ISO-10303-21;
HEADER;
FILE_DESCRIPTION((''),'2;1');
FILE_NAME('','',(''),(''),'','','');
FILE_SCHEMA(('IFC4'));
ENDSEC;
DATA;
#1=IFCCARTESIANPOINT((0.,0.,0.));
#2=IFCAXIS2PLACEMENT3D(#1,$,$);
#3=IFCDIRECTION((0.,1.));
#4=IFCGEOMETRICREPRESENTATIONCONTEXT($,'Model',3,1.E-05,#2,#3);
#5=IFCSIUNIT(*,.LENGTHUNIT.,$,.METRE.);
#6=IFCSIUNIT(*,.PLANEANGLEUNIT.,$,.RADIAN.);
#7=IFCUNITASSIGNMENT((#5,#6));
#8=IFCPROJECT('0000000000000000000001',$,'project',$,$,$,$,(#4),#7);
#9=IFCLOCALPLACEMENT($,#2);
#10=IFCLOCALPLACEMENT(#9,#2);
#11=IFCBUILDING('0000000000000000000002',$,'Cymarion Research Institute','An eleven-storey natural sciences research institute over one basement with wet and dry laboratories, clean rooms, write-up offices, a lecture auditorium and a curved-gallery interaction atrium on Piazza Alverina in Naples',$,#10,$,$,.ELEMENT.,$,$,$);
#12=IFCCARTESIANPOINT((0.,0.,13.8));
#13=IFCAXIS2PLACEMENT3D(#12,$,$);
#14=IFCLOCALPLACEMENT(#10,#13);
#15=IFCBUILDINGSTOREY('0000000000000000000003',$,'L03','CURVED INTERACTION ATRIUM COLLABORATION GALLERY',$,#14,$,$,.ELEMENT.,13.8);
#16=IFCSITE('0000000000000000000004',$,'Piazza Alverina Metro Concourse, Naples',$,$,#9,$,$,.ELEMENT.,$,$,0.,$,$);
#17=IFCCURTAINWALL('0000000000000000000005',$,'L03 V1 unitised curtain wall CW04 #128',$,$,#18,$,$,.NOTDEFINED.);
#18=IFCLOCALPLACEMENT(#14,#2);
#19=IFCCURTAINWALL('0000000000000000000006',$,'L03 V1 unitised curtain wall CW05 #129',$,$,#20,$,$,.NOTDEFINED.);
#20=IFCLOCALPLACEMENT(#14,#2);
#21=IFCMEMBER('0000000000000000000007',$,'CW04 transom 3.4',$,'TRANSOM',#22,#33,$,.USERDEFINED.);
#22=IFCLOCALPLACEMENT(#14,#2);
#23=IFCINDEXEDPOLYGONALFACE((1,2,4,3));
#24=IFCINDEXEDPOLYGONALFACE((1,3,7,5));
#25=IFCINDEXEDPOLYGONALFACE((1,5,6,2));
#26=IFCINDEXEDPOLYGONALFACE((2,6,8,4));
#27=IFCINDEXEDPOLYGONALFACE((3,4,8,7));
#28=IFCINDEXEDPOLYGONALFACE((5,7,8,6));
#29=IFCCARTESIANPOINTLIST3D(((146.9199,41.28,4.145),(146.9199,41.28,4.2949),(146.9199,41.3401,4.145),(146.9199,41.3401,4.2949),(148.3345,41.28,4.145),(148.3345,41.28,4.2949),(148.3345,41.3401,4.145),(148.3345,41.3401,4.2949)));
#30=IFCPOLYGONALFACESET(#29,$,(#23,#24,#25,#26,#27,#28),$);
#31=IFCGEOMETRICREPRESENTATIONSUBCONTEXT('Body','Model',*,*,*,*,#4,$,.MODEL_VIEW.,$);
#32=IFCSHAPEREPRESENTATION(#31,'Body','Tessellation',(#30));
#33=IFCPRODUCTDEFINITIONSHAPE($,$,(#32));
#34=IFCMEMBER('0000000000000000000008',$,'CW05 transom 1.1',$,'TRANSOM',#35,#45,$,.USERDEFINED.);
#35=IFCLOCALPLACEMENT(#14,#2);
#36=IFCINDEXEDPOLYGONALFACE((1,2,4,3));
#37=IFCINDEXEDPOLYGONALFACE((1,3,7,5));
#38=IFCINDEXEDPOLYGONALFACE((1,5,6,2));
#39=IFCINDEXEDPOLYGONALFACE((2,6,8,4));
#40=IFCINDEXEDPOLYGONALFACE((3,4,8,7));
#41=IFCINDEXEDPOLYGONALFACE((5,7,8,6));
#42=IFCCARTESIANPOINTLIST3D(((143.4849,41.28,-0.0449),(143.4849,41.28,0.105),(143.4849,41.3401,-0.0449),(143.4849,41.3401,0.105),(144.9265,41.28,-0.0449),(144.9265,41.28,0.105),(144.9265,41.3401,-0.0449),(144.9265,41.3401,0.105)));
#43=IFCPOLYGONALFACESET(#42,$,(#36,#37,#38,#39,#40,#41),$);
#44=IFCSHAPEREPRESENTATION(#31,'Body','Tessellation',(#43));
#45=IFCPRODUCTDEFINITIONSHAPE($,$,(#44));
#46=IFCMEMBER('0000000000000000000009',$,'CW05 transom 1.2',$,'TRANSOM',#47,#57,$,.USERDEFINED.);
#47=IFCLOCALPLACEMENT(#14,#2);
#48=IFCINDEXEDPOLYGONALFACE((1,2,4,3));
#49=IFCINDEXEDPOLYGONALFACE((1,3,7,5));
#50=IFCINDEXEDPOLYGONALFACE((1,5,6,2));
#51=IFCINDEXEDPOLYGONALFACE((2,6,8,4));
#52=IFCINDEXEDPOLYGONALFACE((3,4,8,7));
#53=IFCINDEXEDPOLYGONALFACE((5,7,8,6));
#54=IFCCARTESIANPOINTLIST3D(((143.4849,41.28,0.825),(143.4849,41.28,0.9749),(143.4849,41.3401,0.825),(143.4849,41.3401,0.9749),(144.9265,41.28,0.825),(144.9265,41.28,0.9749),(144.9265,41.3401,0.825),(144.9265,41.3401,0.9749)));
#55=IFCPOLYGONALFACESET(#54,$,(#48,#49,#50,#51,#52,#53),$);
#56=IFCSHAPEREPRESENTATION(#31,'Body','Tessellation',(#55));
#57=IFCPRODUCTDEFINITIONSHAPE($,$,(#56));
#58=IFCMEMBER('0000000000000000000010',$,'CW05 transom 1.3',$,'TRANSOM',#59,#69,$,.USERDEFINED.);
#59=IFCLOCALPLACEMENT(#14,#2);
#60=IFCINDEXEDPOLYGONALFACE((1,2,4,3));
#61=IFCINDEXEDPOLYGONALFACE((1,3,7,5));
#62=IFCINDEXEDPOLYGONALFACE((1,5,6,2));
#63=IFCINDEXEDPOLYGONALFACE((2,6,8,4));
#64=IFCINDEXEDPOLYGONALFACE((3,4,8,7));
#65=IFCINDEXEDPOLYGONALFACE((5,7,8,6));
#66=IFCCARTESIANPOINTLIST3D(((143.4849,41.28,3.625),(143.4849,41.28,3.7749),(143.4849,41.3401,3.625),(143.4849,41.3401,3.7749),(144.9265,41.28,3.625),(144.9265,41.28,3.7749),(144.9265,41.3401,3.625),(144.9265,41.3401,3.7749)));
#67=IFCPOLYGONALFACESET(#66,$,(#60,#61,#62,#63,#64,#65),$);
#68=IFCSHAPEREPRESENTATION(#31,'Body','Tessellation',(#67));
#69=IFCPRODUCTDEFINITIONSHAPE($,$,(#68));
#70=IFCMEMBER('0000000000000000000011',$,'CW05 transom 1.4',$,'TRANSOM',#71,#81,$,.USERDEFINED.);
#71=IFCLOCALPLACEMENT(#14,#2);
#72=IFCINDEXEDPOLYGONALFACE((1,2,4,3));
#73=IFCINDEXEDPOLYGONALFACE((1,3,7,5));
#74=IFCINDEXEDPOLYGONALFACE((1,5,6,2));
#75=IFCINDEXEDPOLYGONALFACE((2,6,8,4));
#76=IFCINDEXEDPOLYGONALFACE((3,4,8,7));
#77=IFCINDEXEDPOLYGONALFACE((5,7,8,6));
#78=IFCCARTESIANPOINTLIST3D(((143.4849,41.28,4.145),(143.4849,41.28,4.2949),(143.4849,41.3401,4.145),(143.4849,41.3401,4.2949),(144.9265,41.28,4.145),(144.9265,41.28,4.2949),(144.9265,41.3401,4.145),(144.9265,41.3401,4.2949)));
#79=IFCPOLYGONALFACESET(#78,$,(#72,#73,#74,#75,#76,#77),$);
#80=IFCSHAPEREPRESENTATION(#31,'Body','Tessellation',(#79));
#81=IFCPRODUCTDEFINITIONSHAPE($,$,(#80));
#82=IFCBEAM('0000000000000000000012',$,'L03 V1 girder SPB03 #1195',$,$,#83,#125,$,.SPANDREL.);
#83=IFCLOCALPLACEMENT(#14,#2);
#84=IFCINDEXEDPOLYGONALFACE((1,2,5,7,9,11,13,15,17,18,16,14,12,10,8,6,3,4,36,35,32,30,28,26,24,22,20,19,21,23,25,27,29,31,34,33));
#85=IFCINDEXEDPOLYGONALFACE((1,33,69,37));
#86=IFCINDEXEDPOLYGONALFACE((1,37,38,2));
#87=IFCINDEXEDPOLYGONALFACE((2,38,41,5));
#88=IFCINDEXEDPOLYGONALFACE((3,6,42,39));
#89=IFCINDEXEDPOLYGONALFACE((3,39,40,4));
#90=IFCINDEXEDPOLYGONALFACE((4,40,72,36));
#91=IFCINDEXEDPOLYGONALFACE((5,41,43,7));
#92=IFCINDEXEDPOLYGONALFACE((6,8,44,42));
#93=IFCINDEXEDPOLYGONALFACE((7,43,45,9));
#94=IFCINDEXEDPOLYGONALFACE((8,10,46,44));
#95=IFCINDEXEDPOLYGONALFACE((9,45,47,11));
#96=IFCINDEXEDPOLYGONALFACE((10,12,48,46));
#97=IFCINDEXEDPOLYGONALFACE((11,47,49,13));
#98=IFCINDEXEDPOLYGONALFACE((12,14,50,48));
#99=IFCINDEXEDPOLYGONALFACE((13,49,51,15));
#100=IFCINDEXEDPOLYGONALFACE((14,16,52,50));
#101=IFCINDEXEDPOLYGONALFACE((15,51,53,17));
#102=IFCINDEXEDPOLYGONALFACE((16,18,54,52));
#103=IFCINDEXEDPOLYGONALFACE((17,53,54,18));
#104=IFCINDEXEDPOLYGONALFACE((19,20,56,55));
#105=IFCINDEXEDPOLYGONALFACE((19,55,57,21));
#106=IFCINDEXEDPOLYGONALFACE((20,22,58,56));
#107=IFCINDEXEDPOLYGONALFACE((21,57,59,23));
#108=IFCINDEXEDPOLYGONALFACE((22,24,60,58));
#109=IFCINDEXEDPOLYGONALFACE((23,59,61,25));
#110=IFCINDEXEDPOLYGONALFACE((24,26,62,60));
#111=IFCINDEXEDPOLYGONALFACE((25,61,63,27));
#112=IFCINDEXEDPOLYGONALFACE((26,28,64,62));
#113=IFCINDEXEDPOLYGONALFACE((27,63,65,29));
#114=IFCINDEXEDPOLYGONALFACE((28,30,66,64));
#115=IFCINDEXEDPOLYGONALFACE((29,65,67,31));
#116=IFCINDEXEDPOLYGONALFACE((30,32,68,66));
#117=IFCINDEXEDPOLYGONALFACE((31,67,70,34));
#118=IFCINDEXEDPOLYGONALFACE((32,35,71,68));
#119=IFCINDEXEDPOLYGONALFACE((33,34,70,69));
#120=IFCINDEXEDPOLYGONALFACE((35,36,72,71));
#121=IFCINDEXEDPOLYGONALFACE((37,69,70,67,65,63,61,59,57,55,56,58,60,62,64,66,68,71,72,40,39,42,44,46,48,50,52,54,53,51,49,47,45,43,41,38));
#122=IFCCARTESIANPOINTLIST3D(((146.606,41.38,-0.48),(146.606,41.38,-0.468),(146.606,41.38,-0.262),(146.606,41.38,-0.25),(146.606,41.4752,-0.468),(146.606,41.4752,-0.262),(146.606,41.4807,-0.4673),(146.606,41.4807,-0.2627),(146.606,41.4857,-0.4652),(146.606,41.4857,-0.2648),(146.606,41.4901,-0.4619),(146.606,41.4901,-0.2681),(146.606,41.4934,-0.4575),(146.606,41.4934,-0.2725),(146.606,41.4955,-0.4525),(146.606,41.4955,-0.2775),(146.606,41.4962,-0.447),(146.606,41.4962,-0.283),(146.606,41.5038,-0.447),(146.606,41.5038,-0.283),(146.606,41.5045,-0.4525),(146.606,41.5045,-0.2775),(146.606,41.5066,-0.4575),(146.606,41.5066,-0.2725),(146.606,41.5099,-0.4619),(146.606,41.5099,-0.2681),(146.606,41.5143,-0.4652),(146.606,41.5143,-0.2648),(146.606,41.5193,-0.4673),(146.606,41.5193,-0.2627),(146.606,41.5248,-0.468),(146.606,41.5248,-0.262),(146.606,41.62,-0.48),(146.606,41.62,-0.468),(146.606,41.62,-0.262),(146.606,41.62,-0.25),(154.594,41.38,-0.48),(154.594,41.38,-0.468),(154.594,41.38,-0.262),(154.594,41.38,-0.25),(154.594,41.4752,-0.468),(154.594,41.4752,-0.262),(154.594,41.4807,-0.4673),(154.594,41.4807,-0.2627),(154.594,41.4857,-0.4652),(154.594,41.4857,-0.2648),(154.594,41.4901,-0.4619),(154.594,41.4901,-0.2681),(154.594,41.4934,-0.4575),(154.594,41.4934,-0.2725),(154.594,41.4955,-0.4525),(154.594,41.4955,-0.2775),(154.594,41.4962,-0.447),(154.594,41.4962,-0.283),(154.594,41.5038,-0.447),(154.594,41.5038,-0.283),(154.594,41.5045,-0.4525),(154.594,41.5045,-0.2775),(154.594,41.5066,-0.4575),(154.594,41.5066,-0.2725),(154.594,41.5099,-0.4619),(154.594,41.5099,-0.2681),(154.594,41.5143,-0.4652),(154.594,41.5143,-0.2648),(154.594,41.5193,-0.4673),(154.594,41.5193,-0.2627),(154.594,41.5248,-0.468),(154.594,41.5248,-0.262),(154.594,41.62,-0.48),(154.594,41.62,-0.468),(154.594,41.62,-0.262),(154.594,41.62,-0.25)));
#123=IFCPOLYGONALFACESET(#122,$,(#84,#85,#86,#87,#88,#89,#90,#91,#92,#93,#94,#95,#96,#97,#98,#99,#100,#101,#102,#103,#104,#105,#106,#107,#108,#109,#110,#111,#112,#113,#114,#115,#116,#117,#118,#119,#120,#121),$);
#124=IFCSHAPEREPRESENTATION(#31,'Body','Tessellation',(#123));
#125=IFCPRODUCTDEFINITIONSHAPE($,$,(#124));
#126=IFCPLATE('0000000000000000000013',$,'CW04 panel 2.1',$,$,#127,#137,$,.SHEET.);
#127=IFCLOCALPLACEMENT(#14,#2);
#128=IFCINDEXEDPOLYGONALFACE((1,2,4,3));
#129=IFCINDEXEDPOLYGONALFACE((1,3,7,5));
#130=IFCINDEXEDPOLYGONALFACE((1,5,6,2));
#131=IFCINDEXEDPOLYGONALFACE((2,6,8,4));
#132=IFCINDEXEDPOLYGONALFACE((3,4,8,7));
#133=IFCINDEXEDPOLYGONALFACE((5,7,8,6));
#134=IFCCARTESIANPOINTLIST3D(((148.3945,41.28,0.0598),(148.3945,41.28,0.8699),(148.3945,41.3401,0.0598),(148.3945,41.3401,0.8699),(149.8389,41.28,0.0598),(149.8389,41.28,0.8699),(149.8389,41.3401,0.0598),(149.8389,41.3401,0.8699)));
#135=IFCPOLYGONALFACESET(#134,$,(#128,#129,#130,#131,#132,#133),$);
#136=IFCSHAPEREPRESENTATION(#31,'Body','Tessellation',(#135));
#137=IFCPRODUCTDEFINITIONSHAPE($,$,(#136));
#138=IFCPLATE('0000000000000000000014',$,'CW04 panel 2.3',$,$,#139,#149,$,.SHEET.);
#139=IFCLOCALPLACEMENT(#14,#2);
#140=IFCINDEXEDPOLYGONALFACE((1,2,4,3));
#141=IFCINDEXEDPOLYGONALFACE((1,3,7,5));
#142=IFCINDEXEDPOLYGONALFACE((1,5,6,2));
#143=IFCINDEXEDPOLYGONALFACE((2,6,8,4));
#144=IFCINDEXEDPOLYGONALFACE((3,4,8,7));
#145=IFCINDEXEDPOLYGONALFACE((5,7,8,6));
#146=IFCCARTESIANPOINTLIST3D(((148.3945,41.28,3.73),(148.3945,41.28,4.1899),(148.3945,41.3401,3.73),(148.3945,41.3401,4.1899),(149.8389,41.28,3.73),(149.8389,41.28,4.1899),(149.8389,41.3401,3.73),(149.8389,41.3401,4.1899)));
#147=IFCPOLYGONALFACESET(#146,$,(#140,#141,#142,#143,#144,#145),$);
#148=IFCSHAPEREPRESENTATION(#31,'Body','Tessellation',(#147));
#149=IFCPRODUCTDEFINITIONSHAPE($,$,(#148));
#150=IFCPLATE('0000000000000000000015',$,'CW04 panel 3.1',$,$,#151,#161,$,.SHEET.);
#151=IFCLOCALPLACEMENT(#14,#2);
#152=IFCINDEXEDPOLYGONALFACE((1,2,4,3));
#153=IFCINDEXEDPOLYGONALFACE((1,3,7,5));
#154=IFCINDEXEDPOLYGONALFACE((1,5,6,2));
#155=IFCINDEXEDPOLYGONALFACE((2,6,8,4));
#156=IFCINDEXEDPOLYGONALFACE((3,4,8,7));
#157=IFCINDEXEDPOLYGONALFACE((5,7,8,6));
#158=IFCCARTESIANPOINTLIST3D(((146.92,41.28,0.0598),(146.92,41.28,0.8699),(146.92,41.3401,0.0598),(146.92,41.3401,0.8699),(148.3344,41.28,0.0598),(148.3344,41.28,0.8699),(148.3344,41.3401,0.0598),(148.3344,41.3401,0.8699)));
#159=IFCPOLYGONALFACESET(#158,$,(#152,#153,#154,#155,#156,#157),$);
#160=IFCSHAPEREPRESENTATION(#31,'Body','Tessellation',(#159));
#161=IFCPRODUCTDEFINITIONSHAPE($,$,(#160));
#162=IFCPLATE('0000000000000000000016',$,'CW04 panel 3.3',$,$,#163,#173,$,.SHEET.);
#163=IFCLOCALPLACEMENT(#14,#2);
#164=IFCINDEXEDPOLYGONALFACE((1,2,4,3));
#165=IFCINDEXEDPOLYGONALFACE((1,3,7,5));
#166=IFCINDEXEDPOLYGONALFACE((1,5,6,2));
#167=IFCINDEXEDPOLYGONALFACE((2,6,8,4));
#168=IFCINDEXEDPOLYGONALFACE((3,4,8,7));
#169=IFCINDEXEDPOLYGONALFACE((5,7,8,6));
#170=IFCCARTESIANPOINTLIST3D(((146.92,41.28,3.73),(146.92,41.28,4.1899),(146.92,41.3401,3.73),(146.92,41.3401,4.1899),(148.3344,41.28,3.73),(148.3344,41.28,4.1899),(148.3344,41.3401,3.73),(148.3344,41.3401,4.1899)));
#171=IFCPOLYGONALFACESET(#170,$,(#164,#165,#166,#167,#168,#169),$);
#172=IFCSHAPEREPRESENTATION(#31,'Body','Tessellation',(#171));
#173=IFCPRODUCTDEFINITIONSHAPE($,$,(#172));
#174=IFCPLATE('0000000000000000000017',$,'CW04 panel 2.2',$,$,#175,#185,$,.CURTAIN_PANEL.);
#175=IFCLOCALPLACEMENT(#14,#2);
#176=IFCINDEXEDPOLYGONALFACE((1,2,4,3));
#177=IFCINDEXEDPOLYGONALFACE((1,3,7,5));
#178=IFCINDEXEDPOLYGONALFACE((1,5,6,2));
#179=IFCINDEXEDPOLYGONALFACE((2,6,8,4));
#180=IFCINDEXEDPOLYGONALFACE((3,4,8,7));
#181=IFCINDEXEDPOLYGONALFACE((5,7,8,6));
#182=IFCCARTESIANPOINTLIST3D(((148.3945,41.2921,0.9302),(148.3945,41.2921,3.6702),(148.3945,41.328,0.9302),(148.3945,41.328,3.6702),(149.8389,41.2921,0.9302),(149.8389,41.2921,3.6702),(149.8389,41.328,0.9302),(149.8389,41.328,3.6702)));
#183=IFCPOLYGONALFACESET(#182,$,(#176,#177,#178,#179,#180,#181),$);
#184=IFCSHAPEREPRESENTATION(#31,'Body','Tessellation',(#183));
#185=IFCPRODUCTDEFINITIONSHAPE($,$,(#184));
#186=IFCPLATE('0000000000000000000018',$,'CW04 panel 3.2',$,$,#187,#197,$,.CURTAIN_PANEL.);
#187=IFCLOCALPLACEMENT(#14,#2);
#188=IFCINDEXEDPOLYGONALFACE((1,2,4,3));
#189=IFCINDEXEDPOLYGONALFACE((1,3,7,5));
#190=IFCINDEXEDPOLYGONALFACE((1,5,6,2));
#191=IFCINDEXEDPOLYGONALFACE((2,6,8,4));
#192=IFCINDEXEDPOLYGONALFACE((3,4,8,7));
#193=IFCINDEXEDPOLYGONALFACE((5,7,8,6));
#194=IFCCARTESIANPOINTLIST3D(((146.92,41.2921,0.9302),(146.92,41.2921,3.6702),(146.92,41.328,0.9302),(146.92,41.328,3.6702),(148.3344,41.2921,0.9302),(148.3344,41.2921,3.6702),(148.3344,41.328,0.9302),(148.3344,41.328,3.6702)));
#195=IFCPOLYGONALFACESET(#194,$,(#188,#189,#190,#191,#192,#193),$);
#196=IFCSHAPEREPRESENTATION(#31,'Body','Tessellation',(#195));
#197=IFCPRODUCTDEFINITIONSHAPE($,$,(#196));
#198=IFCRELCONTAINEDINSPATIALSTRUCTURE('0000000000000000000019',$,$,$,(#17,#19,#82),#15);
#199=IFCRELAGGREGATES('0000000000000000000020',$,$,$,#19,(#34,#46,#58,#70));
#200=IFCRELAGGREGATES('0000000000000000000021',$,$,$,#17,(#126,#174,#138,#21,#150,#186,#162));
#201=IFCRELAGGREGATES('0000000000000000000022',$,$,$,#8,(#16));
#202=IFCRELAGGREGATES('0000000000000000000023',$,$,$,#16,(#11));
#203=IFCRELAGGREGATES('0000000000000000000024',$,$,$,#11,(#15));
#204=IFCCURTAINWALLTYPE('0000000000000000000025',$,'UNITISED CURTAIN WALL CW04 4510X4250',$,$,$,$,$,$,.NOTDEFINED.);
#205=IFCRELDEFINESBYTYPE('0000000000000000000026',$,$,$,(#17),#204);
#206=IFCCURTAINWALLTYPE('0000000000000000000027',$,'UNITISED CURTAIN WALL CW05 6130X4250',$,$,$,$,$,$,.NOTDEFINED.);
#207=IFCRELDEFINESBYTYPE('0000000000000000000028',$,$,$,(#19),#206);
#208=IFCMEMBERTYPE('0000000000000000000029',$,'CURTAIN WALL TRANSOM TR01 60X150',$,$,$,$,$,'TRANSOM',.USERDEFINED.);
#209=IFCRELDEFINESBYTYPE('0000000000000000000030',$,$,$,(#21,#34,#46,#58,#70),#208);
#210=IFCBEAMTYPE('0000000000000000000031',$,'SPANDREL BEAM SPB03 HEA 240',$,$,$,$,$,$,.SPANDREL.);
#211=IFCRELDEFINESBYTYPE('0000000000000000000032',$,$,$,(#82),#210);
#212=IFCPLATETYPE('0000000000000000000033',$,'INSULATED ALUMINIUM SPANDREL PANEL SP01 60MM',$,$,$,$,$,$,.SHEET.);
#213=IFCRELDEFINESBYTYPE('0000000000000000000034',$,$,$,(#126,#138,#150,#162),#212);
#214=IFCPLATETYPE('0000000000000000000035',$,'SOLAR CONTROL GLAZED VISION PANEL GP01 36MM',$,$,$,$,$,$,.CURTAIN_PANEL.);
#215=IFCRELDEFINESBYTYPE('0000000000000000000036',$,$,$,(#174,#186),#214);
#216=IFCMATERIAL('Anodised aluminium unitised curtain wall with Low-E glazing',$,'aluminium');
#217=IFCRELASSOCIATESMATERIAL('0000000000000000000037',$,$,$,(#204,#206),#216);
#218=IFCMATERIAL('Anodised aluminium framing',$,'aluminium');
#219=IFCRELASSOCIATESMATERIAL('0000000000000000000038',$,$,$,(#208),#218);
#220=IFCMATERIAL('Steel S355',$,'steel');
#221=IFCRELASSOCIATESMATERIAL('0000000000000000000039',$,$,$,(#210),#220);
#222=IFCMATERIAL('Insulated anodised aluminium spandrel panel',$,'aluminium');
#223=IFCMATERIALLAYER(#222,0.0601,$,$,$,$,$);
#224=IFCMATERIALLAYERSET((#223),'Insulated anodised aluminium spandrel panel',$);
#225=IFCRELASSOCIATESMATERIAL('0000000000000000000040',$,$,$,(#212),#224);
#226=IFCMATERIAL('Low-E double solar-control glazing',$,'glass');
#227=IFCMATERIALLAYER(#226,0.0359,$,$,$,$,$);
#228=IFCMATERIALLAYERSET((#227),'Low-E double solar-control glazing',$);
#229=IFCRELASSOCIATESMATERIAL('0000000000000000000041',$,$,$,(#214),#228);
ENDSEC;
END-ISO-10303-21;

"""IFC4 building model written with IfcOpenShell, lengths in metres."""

from ifc_helpers import new_model, si_unit, direction, frame, origin, origin_2d, place, context, subcontext, project, spatial, rectangle, i_section, extrude, material, layer, layer_set, material_profile, profile_set, type_object, element, aggregate, save


model = new_model("IFC4")

# Units and contexts
model_context = context("Model", 3, precision=1e-05, world=origin(), true_north=direction((0.0, 1.0)))
body_context = subcontext(model_context, "Body", "Model", "MODEL_VIEW")
ifc_project = project(units=[si_unit("LENGTHUNIT", "METRE"), si_unit("PLANEANGLEUNIT", "RADIAN")], contexts=[model_context])

# Site, building, storey
site_placement = place(None, origin())
site = spatial("IfcSite", under=ifc_project, at=site_placement, Name="Piazza Alverina Metro Concourse, Naples", CompositionType="ELEMENT", RefElevation=0.0)
building_placement = place(site_placement, origin())
building = spatial("IfcBuilding", under=site, at=building_placement, Name="Cymarion Research Institute", Description="An eleven-storey natural sciences research institute over one basement with wet and dry laboratories, clean rooms, write-up offices, a lecture auditorium and a curved-gallery interaction atrium on Piazza Alverina in Naples", CompositionType="ELEMENT")
storey_placement = place(building_placement, frame((0.0, 0.0, 13.8)))
storey = spatial("IfcBuildingStorey", under=building, at=storey_placement, Name="L03", Description="CURVED INTERACTION ATRIUM COLLABORATION GALLERY", CompositionType="ELEMENT", Elevation=13.8)

# Shared definitions
ifc_material_1 = material(Name="Steel S355", Category="steel")

# Curtain wall
ifc_material_2 = material(Name="Anodised aluminium unitised curtain wall with Low-E glazing", Category="aluminium")
curtain_wall_type_1 = type_object("IfcCurtainWallType", Name="UNITISED CURTAIN WALL CW04 4510X4250", PredefinedType="NOTDEFINED", material=ifc_material_2)
curtain_wall_1_placement = place(storey_placement, origin())
curtain_wall_1 = element("IfcCurtainWall", 1, at=curtain_wall_1_placement, inside=storey, type_object=curtain_wall_type_1, Name="L03 V1 unitised curtain wall CW04 #128", PredefinedType="NOTDEFINED")
ifc_material_3 = material(Name="Anodised aluminium framing", Category="aluminium")

# Curtain wall
curtain_wall_type_2 = type_object("IfcCurtainWallType", Name="UNITISED CURTAIN WALL CW05 6130X4250", PredefinedType="NOTDEFINED", material=ifc_material_2)
curtain_wall_2_placement = place(storey_placement, origin())
curtain_wall_2 = element("IfcCurtainWall", 2, at=curtain_wall_2_placement, inside=storey, type_object=curtain_wall_type_2, Name="L03 V1 unitised curtain wall CW05 #129", PredefinedType="NOTDEFINED")

# Members
ifc_material_profile_1 = material_profile(ifc_material_3, rectangle(XDim=0.0601, YDim=0.1499, at=origin_2d()), Name="ALU TRANSOM 60x150")
ifc_profile_set_1 = profile_set([ifc_material_profile_1], Name="Anodised aluminium framing")
member_type_1 = type_object("IfcMemberType", Name="CURTAIN WALL TRANSOM TR01 60X150", ElementType="TRANSOM", PredefinedType="USERDEFINED", material=ifc_profile_set_1)
member_1_placement = place(storey_placement, frame((148.3345, 41.3101, 4.22), z_axis=(-1.0, 0.0, 0.0), x_axis=(0.0, -1.0, 0.0)))
member_1 = element("IfcMember", 3, at=member_1_placement, type_object=member_type_1, Name="CW04 transom 3.4", ObjectType="TRANSOM", PredefinedType="USERDEFINED", context=body_context, shape_type="SweptSolid", body=[
    extrude(rectangle(XDim=0.0601, YDim=0.1499, at=origin_2d()), origin(), (0.0, 0.0, 1.0), 1.4146),
])
member_2_placement = place(storey_placement, frame((144.9265, 41.3101, 0.03), z_axis=(-1.0, 0.0, 0.0), x_axis=(0.0, -1.0, 0.0)))
member_2 = element("IfcMember", 4, at=member_2_placement, type_object=member_type_1, Name="CW05 transom 1.1", ObjectType="TRANSOM", PredefinedType="USERDEFINED", context=body_context, shape_type="SweptSolid", body=[
    extrude(rectangle(XDim=0.0601, YDim=0.1499, at=origin_2d()), origin(), (0.0, 0.0, 1.0), 1.4417),
])
member_3_placement = place(storey_placement, frame((144.9265, 41.3101, 0.8999), z_axis=(-1.0, 0.0, 0.0), x_axis=(0.0, -1.0, 0.0)))
member_3 = element("IfcMember", 5, at=member_3_placement, type_object=member_type_1, Name="CW05 transom 1.2", ObjectType="TRANSOM", PredefinedType="USERDEFINED", context=body_context, shape_type="SweptSolid", body=[
    extrude(rectangle(XDim=0.0601, YDim=0.1499, at=origin_2d()), origin(), (0.0, 0.0, 1.0), 1.4417),
])
member_4_placement = place(storey_placement, frame((144.9265, 41.3101, 3.7), z_axis=(-1.0, 0.0, 0.0), x_axis=(0.0, -1.0, 0.0)))
member_4 = element("IfcMember", 6, at=member_4_placement, type_object=member_type_1, Name="CW05 transom 1.3", ObjectType="TRANSOM", PredefinedType="USERDEFINED", context=body_context, shape_type="SweptSolid", body=[
    extrude(rectangle(XDim=0.0601, YDim=0.1499, at=origin_2d()), origin(), (0.0, 0.0, 1.0), 1.4417),
])
member_5_placement = place(storey_placement, frame((144.9265, 41.3101, 4.22), z_axis=(-1.0, 0.0, 0.0), x_axis=(0.0, -1.0, 0.0)))
member_5 = element("IfcMember", 7, at=member_5_placement, type_object=member_type_1, Name="CW05 transom 1.4", ObjectType="TRANSOM", PredefinedType="USERDEFINED", context=body_context, shape_type="SweptSolid", body=[
    extrude(rectangle(XDim=0.0601, YDim=0.1499, at=origin_2d()), origin(), (0.0, 0.0, 1.0), 1.4417),
])
aggregate(curtain_wall_2, [member_2, member_3, member_4, member_5])

# Beam
ifc_material_profile_2 = material_profile(ifc_material_1, i_section(OverallWidth=0.24, OverallDepth=0.23, WebThickness=0.0076, FlangeThickness=0.012, FilletRadius=0.021, at=origin_2d()), Name="HEA 240")
ifc_profile_set_2 = profile_set([ifc_material_profile_2], Name="Steel S355")
beam_type = type_object("IfcBeamType", Name="SPANDREL BEAM SPB03 HEA 240", PredefinedType="SPANDREL", material=ifc_profile_set_2)
beam_placement = place(storey_placement, frame((146.606, 41.5, -0.365), z_axis=(1.0, 0.0, 0.0), x_axis=(0.0, 1.0, 0.0)))
element("IfcBeam", 8, at=beam_placement, inside=storey, type_object=beam_type, Name="L03 V1 girder SPB03 #1195", PredefinedType="SPANDREL", context=body_context, shape_type="SweptSolid", body=[
    extrude(i_section(OverallWidth=0.24, OverallDepth=0.23, WebThickness=0.0076, FlangeThickness=0.012, FilletRadius=0.021, at=origin_2d()), origin(), (0.0, 0.0, 1.0), 7.988),
])

# Plates
ifc_material_4 = material(Name="Insulated anodised aluminium spandrel panel", Category="aluminium")
ifc_layer_1 = layer(ifc_material_4, 0.0601)
ifc_layer_set_1 = layer_set([ifc_layer_1], Name="Insulated anodised aluminium spandrel panel")
plate_type_1 = type_object("IfcPlateType", Name="INSULATED ALUMINIUM SPANDREL PANEL SP01 60MM", PredefinedType="SHEET", material=ifc_layer_set_1)
plate_1_placement = place(storey_placement, frame((149.1167, 41.3101, 0.0598), z_axis=(0.0, 0.0, 1.0), x_axis=(-1.0, 0.0, 0.0)))
plate_1 = element("IfcPlate", 9, at=plate_1_placement, type_object=plate_type_1, Name="CW04 panel 2.1", PredefinedType="SHEET", context=body_context, shape_type="SweptSolid", body=[
    extrude(rectangle(XDim=1.4443, YDim=0.0601, at=origin_2d()), origin(), (0.0, 0.0, 1.0), 0.8101),
])
plate_2_placement = place(storey_placement, frame((149.1167, 41.3101, 3.73), z_axis=(0.0, 0.0, 1.0), x_axis=(-1.0, 0.0, 0.0)))
plate_2 = element("IfcPlate", 10, at=plate_2_placement, type_object=plate_type_1, Name="CW04 panel 2.3", PredefinedType="SHEET", context=body_context, shape_type="SweptSolid", body=[
    extrude(rectangle(XDim=1.4443, YDim=0.0601, at=origin_2d()), origin(), (0.0, 0.0, 1.0), 0.46),
])
plate_3_placement = place(storey_placement, frame((147.6272, 41.3101, 0.0598), z_axis=(0.0, 0.0, 1.0), x_axis=(-1.0, 0.0, 0.0)))
plate_3 = element("IfcPlate", 11, at=plate_3_placement, type_object=plate_type_1, Name="CW04 panel 3.1", PredefinedType="SHEET", context=body_context, shape_type="SweptSolid", body=[
    extrude(rectangle(XDim=1.4143, YDim=0.0601, at=origin_2d()), origin(), (0.0, 0.0, 1.0), 0.8101),
])
plate_4_placement = place(storey_placement, frame((147.6272, 41.3101, 3.73), z_axis=(0.0, 0.0, 1.0), x_axis=(-1.0, 0.0, 0.0)))
plate_4 = element("IfcPlate", 12, at=plate_4_placement, type_object=plate_type_1, Name="CW04 panel 3.3", PredefinedType="SHEET", context=body_context, shape_type="SweptSolid", body=[
    extrude(rectangle(XDim=1.4143, YDim=0.0601, at=origin_2d()), origin(), (0.0, 0.0, 1.0), 0.46),
])
ifc_material_5 = material(Name="Low-E double solar-control glazing", Category="glass")
ifc_layer_2 = layer(ifc_material_5, 0.0359)
ifc_layer_set_2 = layer_set([ifc_layer_2], Name="Low-E double solar-control glazing")
plate_type_2 = type_object("IfcPlateType", Name="SOLAR CONTROL GLAZED VISION PANEL GP01 36MM", PredefinedType="CURTAIN_PANEL", material=ifc_layer_set_2)
plate_5_placement = place(storey_placement, frame((149.1167, 41.3101, 0.9302), z_axis=(0.0, 0.0, 1.0), x_axis=(-1.0, 0.0, 0.0)))
plate_5 = element("IfcPlate", 13, at=plate_5_placement, type_object=plate_type_2, Name="CW04 panel 2.2", PredefinedType="CURTAIN_PANEL", context=body_context, shape_type="SweptSolid", body=[
    extrude(rectangle(XDim=1.4443, YDim=0.0359, at=origin_2d()), origin(), (0.0, 0.0, 1.0), 2.74),
])
plate_6_placement = place(storey_placement, frame((147.6272, 41.3101, 0.9302), z_axis=(0.0, 0.0, 1.0), x_axis=(-1.0, 0.0, 0.0)))
plate_6 = element("IfcPlate", 14, at=plate_6_placement, type_object=plate_type_2, Name="CW04 panel 3.2", PredefinedType="CURTAIN_PANEL", context=body_context, shape_type="SweptSolid", body=[
    extrude(rectangle(XDim=1.4143, YDim=0.0359, at=origin_2d()), origin(), (0.0, 0.0, 1.0), 2.74),
])
aggregate(curtain_wall_1, [plate_1, plate_5, plate_2, member_1, plate_3, plate_6, plate_4])

save(model, "model.ifc")
